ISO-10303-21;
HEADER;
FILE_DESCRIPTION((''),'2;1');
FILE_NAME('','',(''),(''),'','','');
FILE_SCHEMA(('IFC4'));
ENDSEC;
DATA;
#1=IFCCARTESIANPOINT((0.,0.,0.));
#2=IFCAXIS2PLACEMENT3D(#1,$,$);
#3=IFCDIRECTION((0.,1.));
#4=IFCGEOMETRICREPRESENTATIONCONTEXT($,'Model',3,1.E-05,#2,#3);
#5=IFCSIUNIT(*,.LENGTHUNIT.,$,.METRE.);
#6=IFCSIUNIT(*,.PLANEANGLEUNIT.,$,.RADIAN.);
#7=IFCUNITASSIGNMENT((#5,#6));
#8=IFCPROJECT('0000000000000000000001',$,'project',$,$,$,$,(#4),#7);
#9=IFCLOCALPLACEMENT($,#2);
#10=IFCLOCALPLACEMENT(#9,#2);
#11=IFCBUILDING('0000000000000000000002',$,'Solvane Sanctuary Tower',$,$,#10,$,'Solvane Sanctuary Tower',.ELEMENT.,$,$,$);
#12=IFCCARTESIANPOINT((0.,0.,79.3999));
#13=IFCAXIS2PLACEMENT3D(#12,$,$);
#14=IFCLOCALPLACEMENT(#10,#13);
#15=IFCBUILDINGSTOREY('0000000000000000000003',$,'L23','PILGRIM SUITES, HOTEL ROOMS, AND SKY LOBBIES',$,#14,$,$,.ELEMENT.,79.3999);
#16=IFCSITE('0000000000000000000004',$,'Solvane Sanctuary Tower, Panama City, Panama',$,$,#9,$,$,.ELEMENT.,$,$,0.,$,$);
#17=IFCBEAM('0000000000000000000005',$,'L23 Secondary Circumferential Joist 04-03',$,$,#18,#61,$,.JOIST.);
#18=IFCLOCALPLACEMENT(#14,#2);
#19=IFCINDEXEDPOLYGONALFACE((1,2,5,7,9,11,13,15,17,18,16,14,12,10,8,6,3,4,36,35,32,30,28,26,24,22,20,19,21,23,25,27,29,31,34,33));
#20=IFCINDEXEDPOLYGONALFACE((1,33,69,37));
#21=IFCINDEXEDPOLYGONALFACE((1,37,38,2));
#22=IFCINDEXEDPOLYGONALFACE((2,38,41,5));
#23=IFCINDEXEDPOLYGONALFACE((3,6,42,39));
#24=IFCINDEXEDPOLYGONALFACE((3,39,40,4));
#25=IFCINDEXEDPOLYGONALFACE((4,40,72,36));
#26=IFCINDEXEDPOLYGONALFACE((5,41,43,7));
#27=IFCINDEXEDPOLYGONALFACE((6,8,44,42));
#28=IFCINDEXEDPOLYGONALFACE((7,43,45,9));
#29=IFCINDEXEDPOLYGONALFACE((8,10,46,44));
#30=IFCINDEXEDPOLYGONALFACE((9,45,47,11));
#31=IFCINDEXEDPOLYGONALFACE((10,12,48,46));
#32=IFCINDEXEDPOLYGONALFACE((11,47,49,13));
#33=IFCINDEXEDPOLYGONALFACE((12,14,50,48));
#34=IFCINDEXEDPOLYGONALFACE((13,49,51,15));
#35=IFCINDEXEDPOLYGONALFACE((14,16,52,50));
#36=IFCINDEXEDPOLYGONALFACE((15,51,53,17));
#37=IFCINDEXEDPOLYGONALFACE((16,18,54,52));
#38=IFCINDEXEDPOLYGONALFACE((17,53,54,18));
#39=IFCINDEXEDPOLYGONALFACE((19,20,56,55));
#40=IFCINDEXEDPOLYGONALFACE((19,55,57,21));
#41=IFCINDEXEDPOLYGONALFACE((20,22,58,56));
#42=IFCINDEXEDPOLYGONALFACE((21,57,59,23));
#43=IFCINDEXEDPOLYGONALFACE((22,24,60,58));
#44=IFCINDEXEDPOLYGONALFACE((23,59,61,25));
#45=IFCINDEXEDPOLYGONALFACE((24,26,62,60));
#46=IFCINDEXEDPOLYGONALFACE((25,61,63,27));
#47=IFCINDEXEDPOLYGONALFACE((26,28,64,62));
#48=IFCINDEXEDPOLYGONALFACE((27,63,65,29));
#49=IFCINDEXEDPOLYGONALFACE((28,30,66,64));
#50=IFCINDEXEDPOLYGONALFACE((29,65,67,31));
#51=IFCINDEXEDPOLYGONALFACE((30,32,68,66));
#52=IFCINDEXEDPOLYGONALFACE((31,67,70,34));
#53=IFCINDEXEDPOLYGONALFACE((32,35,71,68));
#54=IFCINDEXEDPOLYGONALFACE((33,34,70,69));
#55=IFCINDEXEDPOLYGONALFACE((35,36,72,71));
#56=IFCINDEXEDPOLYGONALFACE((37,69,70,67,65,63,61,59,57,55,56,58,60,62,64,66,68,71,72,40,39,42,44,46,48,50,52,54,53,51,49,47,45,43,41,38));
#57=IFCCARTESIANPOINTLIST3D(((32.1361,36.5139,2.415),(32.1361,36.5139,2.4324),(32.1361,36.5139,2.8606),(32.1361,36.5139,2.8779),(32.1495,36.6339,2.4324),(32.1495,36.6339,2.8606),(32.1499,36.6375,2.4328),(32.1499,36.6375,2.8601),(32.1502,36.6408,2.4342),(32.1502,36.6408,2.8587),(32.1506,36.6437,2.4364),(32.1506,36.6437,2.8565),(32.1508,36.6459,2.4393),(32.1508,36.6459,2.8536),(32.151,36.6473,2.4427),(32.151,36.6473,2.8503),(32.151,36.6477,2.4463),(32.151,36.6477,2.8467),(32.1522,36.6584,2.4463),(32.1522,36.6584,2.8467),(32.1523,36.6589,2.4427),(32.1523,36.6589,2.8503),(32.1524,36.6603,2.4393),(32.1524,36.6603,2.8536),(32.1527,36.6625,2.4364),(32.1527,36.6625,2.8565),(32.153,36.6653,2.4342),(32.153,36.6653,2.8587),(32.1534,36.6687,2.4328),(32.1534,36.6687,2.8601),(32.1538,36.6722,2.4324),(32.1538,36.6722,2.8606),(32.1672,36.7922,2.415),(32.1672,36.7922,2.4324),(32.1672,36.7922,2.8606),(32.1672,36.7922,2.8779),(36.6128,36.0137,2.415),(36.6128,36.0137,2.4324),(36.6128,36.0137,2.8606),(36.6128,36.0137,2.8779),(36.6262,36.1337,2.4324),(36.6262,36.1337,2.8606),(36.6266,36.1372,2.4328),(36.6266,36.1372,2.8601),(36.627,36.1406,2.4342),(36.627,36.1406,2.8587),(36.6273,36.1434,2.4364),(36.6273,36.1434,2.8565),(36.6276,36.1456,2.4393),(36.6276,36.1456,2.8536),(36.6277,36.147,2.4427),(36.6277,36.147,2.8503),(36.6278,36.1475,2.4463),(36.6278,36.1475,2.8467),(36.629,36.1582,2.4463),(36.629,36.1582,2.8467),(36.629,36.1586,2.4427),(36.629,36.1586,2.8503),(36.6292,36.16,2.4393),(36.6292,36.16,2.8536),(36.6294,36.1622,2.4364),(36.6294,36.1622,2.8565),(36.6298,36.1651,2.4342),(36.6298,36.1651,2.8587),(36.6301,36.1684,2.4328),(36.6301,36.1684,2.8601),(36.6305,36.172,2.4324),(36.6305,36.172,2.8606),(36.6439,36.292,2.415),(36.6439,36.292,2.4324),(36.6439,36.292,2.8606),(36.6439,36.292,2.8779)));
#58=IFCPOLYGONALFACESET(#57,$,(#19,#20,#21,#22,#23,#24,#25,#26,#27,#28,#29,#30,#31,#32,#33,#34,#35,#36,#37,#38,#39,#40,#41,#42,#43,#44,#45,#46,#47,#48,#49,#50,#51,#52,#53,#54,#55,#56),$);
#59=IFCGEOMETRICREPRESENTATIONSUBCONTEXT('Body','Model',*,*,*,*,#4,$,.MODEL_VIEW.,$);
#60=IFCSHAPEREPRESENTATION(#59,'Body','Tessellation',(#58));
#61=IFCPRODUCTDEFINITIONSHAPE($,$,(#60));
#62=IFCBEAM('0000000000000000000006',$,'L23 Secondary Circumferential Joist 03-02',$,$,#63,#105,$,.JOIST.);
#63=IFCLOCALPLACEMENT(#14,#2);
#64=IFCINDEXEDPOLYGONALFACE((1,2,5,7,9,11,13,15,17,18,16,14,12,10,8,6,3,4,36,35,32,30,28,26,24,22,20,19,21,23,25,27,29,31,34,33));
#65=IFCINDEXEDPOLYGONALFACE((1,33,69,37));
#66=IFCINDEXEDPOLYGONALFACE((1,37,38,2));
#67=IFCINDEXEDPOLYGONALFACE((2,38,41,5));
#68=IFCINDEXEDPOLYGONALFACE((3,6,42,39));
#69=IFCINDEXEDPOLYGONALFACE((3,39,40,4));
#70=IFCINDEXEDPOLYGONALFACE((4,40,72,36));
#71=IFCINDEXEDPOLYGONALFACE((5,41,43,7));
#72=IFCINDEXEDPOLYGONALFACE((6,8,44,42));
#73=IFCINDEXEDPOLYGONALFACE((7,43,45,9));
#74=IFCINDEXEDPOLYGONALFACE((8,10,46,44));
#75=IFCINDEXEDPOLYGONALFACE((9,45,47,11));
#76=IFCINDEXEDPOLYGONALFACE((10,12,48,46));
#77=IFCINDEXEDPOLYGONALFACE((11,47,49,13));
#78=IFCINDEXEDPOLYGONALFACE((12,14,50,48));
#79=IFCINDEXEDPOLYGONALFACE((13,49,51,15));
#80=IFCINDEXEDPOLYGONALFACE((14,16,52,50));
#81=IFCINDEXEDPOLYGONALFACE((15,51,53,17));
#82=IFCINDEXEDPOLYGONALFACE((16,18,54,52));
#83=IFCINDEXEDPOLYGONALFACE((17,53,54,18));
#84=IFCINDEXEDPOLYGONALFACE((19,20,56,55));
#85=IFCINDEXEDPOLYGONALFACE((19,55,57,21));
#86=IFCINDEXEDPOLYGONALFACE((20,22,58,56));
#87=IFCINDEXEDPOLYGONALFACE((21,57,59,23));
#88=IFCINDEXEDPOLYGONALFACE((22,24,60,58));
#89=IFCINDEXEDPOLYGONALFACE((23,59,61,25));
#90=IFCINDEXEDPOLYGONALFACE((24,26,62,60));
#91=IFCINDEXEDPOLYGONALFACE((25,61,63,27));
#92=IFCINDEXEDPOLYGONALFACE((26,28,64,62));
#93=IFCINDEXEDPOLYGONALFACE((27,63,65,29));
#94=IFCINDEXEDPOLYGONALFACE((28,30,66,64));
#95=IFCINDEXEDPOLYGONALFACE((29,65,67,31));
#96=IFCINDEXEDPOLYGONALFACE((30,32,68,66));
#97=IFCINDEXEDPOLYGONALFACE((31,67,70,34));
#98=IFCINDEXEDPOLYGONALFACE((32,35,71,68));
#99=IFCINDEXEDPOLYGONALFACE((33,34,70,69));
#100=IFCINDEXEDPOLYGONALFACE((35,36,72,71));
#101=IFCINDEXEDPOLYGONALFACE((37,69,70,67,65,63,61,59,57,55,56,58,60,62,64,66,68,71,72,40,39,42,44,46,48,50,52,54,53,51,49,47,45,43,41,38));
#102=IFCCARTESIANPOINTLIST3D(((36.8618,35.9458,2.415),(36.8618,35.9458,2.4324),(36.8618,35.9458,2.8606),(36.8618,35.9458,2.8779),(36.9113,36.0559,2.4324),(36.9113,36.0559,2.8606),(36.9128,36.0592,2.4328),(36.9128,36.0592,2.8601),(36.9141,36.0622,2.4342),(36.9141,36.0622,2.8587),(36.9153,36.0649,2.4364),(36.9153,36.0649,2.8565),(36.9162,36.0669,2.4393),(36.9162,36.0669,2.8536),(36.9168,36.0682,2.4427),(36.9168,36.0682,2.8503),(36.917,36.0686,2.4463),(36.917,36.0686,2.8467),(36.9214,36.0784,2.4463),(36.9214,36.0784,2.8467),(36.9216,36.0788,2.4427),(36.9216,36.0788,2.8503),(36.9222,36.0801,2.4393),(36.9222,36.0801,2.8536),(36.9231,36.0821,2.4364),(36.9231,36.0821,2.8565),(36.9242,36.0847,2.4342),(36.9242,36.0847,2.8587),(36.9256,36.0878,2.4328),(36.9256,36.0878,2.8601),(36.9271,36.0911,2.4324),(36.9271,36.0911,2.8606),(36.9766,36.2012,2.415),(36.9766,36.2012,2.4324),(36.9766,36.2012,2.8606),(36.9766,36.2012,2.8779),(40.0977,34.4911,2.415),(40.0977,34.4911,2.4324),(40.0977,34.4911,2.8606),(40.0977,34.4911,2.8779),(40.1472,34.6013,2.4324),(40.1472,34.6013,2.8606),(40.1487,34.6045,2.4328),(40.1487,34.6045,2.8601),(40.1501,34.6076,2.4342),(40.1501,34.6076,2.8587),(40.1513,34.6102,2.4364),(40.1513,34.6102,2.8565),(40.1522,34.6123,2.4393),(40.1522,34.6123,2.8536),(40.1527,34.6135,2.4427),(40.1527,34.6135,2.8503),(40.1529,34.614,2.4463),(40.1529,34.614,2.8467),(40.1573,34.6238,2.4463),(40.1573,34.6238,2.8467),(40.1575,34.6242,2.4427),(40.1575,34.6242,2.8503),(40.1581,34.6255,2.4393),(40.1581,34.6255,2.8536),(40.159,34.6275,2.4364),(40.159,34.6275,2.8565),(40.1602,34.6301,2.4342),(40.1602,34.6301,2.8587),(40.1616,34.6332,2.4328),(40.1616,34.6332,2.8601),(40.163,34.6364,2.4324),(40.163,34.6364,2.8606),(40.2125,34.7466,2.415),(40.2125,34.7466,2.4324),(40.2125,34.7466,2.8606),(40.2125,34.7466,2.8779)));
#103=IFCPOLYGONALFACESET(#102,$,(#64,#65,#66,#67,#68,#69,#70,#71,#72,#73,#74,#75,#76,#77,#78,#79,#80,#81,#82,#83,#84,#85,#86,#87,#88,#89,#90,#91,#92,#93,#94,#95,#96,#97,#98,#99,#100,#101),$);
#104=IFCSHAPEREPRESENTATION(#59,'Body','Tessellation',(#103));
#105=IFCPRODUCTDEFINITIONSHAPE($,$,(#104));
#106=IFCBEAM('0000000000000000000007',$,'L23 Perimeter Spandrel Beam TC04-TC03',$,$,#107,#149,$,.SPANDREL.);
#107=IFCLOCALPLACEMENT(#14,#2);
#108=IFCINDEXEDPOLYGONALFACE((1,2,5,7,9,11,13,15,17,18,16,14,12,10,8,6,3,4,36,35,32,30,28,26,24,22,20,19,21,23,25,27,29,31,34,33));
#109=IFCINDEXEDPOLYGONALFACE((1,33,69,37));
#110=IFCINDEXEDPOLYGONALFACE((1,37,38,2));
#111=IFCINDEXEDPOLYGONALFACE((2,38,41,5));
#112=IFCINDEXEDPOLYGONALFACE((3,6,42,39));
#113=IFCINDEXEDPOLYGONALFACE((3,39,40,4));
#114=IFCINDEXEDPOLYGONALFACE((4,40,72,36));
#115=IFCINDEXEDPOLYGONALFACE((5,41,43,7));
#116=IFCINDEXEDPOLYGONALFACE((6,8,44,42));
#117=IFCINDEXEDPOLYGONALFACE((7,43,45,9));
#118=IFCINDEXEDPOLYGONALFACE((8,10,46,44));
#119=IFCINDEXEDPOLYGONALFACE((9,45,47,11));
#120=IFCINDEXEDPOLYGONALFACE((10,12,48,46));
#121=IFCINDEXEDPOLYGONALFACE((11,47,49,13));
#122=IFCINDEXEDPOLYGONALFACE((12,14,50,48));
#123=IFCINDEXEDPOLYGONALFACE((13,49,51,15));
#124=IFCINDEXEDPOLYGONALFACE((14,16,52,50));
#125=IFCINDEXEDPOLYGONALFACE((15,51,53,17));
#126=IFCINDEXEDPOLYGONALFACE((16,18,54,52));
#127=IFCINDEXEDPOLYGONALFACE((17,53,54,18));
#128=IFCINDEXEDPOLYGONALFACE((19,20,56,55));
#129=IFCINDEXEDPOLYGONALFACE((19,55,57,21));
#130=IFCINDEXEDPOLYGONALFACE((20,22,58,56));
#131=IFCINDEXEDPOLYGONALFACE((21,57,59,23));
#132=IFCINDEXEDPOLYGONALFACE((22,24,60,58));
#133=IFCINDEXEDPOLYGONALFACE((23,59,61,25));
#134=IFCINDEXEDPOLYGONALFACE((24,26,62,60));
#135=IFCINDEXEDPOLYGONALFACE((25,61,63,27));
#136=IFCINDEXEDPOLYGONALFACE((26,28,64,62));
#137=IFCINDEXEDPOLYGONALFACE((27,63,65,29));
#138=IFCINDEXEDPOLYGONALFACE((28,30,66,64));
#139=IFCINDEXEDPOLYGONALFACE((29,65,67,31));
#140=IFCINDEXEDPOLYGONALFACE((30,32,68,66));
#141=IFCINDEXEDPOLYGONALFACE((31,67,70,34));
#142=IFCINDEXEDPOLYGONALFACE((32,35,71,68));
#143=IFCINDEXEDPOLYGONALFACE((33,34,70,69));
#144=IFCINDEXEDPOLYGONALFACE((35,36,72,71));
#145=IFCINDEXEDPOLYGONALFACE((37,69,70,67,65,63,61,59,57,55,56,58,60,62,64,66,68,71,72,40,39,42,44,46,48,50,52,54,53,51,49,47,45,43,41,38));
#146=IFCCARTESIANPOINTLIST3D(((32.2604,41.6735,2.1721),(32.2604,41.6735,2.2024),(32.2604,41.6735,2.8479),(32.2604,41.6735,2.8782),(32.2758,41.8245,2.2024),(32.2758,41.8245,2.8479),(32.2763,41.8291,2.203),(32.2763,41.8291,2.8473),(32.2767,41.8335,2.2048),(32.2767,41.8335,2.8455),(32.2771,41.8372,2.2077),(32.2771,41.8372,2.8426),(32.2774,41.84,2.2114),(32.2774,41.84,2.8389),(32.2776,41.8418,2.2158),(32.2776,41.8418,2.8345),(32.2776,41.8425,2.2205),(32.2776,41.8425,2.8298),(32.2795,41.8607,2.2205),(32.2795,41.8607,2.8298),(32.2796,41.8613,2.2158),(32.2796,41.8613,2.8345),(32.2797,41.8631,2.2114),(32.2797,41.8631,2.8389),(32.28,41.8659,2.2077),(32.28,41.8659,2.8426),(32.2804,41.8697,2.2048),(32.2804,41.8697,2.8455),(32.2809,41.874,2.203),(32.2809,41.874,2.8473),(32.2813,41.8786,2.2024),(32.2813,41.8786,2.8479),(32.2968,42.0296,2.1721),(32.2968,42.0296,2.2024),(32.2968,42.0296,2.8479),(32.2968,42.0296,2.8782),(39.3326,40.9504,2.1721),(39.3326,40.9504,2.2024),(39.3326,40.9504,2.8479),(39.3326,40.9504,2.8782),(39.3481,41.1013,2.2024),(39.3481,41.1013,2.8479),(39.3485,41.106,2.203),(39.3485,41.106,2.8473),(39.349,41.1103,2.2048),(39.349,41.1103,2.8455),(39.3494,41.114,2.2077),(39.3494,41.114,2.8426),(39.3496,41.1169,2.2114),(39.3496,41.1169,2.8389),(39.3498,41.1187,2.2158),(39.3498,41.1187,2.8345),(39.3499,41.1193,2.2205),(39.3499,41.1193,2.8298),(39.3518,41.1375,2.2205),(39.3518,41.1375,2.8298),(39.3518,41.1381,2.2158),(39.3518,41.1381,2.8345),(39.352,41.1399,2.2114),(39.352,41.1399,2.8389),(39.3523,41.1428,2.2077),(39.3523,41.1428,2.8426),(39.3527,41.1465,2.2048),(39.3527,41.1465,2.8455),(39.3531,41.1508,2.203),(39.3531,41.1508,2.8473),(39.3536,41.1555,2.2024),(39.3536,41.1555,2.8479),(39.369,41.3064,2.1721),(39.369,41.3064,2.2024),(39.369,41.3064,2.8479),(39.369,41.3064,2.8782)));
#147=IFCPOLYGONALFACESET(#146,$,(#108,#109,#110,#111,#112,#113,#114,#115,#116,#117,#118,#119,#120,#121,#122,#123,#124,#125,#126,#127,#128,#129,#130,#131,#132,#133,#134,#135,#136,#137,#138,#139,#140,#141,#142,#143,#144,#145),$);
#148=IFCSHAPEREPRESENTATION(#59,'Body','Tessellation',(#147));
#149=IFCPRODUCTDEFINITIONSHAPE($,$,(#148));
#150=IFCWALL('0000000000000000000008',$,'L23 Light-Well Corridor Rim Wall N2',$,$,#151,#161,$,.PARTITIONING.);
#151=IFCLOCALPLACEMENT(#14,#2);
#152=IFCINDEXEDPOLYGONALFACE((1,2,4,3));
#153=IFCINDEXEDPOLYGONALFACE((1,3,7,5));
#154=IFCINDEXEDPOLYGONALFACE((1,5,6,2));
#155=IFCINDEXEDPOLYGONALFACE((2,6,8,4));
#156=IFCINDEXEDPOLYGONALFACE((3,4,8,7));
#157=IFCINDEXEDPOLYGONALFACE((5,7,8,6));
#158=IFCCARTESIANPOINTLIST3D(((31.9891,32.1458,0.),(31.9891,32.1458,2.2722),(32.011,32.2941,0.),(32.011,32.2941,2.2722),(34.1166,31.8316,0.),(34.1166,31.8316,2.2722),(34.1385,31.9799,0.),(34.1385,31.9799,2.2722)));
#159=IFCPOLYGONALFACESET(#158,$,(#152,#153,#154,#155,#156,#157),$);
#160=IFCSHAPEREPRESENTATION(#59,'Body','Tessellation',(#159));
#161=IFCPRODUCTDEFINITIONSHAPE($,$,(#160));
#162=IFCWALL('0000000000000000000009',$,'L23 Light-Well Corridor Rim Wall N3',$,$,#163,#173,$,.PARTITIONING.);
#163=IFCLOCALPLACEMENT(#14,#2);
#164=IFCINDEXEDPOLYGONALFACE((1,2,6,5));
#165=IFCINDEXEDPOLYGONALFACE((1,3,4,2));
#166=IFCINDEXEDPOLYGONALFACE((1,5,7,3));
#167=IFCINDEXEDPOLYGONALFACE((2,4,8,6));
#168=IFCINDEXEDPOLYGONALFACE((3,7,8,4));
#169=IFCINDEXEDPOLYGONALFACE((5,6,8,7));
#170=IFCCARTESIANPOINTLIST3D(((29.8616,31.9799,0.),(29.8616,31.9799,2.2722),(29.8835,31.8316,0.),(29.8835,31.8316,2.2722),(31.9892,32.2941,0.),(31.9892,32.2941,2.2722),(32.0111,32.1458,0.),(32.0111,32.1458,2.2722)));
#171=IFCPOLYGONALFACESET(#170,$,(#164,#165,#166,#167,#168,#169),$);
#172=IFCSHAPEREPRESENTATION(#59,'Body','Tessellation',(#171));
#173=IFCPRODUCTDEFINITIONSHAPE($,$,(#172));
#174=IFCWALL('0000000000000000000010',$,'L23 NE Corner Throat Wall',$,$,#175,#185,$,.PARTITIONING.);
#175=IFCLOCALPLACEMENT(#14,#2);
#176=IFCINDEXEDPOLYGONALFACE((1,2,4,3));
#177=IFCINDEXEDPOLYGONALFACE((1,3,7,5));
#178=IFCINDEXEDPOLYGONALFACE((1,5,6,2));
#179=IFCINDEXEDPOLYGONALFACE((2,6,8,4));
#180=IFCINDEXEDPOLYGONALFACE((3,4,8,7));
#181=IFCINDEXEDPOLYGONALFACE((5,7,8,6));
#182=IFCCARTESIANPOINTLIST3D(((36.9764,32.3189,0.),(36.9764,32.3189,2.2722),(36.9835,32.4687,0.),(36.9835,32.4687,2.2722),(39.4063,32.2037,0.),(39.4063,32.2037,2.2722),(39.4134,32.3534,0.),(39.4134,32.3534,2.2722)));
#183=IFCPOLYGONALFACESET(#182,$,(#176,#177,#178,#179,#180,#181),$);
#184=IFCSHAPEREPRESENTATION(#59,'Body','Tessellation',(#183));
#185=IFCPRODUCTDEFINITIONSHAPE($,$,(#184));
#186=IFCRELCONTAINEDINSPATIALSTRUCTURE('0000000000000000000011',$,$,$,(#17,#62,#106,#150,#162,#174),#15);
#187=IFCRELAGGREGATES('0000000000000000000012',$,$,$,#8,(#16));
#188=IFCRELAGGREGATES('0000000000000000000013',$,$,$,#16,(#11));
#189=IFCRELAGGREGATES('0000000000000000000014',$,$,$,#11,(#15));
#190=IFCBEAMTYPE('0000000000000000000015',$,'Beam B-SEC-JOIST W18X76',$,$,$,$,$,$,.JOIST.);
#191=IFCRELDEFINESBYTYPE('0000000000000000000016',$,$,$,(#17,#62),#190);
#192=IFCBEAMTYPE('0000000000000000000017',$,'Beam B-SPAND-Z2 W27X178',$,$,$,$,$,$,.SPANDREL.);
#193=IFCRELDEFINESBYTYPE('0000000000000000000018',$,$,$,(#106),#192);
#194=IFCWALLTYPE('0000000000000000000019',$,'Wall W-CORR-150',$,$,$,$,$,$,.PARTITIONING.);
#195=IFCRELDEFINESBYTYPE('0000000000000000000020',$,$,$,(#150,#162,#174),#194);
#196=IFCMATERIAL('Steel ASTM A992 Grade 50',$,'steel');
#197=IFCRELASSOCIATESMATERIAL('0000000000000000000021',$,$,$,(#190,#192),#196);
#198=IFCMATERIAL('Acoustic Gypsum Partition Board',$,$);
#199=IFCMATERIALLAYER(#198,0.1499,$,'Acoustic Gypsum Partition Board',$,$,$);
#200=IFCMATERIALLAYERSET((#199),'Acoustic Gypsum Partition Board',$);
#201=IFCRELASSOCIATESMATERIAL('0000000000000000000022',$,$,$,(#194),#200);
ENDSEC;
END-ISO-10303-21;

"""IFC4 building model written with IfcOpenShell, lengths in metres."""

from ifc_helpers import new_model, si_unit, direction, frame, frame_2d, origin, origin_2d, place, context, subcontext, project, spatial, rectangle, i_section, extrude, material, layer, layer_set, material_profile, profile_set, type_object, element, save


model = new_model("IFC4")

# Units and contexts
model_context = context("Model", 3, precision=1e-05, world=origin(), true_north=direction((0.0, 1.0)))
body_context = subcontext(model_context, "Body", "Model", "MODEL_VIEW")
ifc_project = project(units=[si_unit("LENGTHUNIT", "METRE"), si_unit("PLANEANGLEUNIT", "RADIAN")], contexts=[model_context])

# Site, building, storey
site_placement = place(None, origin())
site = spatial("IfcSite", under=ifc_project, at=site_placement, Name="Solvane Sanctuary Tower, Panama City, Panama", CompositionType="ELEMENT", RefElevation=0.0)
building_placement = place(site_placement, origin())
building = spatial("IfcBuilding", under=site, at=building_placement, Name="Solvane Sanctuary Tower", LongName="Solvane Sanctuary Tower", CompositionType="ELEMENT")
storey_placement = place(building_placement, frame((0.0, 0.0, 79.3999)))
storey = spatial("IfcBuildingStorey", under=building, at=storey_placement, Name="L23", Description="PILGRIM SUITES, HOTEL ROOMS, AND SKY LOBBIES", CompositionType="ELEMENT", Elevation=79.3999)

# Beams
ifc_material_1 = material(Name="Steel ASTM A992 Grade 50", Category="steel")
ifc_material_profile_1 = material_profile(ifc_material_1, i_section(OverallWidth=0.28, OverallDepth=0.4629, WebThickness=0.0107, FlangeThickness=0.0173, FilletRadius=0.0139, at=origin_2d()), Name="W18X76")
ifc_profile_set_1 = profile_set([ifc_material_profile_1], Name="Steel ASTM A992 Grade 50")
beam_type_1 = type_object("IfcBeamType", Name="Beam B-SEC-JOIST W18X76", PredefinedType="JOIST", material=ifc_profile_set_1)
beam_1_placement = place(storey_placement, frame((32.1516, 36.6531, 2.6465), z_axis=(0.993815, -0.11105, 0.0), x_axis=(0.11105, 0.993815, 0.0)))
element("IfcBeam", 1, at=beam_1_placement, inside=storey, type_object=beam_type_1, Name="L23 Secondary Circumferential Joist 04-03", PredefinedType="JOIST", context=body_context, shape_type="SweptSolid", body=[
    extrude(i_section(OverallWidth=0.28, OverallDepth=0.4629, WebThickness=0.0107, FlangeThickness=0.0173, FilletRadius=0.0139, at=origin_2d()), origin(), (0.0, 0.0, 1.0), 4.5046),
])
beam_2_placement = place(storey_placement, frame((36.9192, 36.0735, 2.6465), z_axis=(0.912084, -0.410004, 0.0), x_axis=(0.410004, 0.912084, 0.0)))
element("IfcBeam", 2, at=beam_2_placement, inside=storey, type_object=beam_type_1, Name="L23 Secondary Circumferential Joist 03-02", PredefinedType="JOIST", context=body_context, shape_type="SweptSolid", body=[
    extrude(i_section(OverallWidth=0.28, OverallDepth=0.4629, WebThickness=0.0107, FlangeThickness=0.0173, FilletRadius=0.0139, at=origin_2d()), origin(), (0.0, 0.0, 1.0), 3.5479),
])
ifc_material_profile_2 = material_profile(ifc_material_1, i_section(OverallWidth=0.3579, OverallDepth=0.7061, WebThickness=0.0183, FlangeThickness=0.0303, FilletRadius=0.0181, at=origin_2d()), Name="W27X178")
ifc_profile_set_2 = profile_set([ifc_material_profile_2], Name="Steel ASTM A992 Grade 50")
beam_type_2 = type_object("IfcBeamType", Name="Beam B-SPAND-Z2 W27X178", PredefinedType="SPANDREL", material=ifc_profile_set_2)
beam_3_placement = place(storey_placement, frame((32.2786, 41.8516, 2.5251), z_axis=(0.994813, -0.10172, 0.0), x_axis=(0.10172, 0.994813, 0.0)))
element("IfcBeam", 3, at=beam_3_placement, inside=storey, type_object=beam_type_2, Name="L23 Perimeter Spandrel Beam TC04-TC03", PredefinedType="SPANDREL", context=body_context, shape_type="SweptSolid", body=[
    extrude(i_section(OverallWidth=0.3579, OverallDepth=0.7061, WebThickness=0.0183, FlangeThickness=0.0303, FilletRadius=0.0181, at=origin_2d()), origin(), (0.0, 0.0, 1.0), 7.1091),
])

# Walls
ifc_material_2 = material(Name="Acoustic Gypsum Partition Board")
ifc_layer_1 = layer(ifc_material_2, 0.1499, Name="Acoustic Gypsum Partition Board")
ifc_layer_set_1 = layer_set([ifc_layer_1], Name="Acoustic Gypsum Partition Board")
wall_type_1 = type_object("IfcWallType", Name="Wall W-CORR-150", PredefinedType="PARTITIONING", material=ifc_layer_set_1)
for number, where, z_axis, x_axis, name in (
    (4, (34.1274, 31.9058, 0.0), (0.0, 0.0, 1.0), (-0.989269, 0.146108, 0.0), "L23 Light-Well Corridor Rim Wall N2"),
    (5, (32.0, 32.22, 0.0), (0.0, 0.0, 1.0), (-0.989269, -0.146108, 0.0), "L23 Light-Well Corridor Rim Wall N3"),
):
    element("IfcWall", number, at=place(storey_placement, frame(where, z_axis=z_axis, x_axis=x_axis)), inside=storey, type_object=wall_type_1, Name=name, PredefinedType="PARTITIONING", context=body_context, shape_type="SweptSolid", body=[
        extrude(rectangle(XDim=2.1506, YDim=0.1499, at=frame_2d((1.0752, 0.0))), origin(), (0.0, 0.0, 1.0), 2.2722),
    ])
wall_1_placement = place(storey_placement, frame((36.98, 32.3938, 0.0), z_axis=(0.0, 0.0, 1.0), x_axis=(0.998877, -0.04737, 0.0)))
element("IfcWall", 6, at=wall_1_placement, inside=storey, type_object=wall_type_1, Name="L23 NE Corner Throat Wall", PredefinedType="PARTITIONING", context=body_context, shape_type="SweptSolid", body=[
    extrude(rectangle(XDim=2.4326, YDim=0.1499, at=frame_2d((1.2163, 0.0))), origin(), (0.0, 0.0, 1.0), 2.2722),
])

save(model, "model.ifc")
